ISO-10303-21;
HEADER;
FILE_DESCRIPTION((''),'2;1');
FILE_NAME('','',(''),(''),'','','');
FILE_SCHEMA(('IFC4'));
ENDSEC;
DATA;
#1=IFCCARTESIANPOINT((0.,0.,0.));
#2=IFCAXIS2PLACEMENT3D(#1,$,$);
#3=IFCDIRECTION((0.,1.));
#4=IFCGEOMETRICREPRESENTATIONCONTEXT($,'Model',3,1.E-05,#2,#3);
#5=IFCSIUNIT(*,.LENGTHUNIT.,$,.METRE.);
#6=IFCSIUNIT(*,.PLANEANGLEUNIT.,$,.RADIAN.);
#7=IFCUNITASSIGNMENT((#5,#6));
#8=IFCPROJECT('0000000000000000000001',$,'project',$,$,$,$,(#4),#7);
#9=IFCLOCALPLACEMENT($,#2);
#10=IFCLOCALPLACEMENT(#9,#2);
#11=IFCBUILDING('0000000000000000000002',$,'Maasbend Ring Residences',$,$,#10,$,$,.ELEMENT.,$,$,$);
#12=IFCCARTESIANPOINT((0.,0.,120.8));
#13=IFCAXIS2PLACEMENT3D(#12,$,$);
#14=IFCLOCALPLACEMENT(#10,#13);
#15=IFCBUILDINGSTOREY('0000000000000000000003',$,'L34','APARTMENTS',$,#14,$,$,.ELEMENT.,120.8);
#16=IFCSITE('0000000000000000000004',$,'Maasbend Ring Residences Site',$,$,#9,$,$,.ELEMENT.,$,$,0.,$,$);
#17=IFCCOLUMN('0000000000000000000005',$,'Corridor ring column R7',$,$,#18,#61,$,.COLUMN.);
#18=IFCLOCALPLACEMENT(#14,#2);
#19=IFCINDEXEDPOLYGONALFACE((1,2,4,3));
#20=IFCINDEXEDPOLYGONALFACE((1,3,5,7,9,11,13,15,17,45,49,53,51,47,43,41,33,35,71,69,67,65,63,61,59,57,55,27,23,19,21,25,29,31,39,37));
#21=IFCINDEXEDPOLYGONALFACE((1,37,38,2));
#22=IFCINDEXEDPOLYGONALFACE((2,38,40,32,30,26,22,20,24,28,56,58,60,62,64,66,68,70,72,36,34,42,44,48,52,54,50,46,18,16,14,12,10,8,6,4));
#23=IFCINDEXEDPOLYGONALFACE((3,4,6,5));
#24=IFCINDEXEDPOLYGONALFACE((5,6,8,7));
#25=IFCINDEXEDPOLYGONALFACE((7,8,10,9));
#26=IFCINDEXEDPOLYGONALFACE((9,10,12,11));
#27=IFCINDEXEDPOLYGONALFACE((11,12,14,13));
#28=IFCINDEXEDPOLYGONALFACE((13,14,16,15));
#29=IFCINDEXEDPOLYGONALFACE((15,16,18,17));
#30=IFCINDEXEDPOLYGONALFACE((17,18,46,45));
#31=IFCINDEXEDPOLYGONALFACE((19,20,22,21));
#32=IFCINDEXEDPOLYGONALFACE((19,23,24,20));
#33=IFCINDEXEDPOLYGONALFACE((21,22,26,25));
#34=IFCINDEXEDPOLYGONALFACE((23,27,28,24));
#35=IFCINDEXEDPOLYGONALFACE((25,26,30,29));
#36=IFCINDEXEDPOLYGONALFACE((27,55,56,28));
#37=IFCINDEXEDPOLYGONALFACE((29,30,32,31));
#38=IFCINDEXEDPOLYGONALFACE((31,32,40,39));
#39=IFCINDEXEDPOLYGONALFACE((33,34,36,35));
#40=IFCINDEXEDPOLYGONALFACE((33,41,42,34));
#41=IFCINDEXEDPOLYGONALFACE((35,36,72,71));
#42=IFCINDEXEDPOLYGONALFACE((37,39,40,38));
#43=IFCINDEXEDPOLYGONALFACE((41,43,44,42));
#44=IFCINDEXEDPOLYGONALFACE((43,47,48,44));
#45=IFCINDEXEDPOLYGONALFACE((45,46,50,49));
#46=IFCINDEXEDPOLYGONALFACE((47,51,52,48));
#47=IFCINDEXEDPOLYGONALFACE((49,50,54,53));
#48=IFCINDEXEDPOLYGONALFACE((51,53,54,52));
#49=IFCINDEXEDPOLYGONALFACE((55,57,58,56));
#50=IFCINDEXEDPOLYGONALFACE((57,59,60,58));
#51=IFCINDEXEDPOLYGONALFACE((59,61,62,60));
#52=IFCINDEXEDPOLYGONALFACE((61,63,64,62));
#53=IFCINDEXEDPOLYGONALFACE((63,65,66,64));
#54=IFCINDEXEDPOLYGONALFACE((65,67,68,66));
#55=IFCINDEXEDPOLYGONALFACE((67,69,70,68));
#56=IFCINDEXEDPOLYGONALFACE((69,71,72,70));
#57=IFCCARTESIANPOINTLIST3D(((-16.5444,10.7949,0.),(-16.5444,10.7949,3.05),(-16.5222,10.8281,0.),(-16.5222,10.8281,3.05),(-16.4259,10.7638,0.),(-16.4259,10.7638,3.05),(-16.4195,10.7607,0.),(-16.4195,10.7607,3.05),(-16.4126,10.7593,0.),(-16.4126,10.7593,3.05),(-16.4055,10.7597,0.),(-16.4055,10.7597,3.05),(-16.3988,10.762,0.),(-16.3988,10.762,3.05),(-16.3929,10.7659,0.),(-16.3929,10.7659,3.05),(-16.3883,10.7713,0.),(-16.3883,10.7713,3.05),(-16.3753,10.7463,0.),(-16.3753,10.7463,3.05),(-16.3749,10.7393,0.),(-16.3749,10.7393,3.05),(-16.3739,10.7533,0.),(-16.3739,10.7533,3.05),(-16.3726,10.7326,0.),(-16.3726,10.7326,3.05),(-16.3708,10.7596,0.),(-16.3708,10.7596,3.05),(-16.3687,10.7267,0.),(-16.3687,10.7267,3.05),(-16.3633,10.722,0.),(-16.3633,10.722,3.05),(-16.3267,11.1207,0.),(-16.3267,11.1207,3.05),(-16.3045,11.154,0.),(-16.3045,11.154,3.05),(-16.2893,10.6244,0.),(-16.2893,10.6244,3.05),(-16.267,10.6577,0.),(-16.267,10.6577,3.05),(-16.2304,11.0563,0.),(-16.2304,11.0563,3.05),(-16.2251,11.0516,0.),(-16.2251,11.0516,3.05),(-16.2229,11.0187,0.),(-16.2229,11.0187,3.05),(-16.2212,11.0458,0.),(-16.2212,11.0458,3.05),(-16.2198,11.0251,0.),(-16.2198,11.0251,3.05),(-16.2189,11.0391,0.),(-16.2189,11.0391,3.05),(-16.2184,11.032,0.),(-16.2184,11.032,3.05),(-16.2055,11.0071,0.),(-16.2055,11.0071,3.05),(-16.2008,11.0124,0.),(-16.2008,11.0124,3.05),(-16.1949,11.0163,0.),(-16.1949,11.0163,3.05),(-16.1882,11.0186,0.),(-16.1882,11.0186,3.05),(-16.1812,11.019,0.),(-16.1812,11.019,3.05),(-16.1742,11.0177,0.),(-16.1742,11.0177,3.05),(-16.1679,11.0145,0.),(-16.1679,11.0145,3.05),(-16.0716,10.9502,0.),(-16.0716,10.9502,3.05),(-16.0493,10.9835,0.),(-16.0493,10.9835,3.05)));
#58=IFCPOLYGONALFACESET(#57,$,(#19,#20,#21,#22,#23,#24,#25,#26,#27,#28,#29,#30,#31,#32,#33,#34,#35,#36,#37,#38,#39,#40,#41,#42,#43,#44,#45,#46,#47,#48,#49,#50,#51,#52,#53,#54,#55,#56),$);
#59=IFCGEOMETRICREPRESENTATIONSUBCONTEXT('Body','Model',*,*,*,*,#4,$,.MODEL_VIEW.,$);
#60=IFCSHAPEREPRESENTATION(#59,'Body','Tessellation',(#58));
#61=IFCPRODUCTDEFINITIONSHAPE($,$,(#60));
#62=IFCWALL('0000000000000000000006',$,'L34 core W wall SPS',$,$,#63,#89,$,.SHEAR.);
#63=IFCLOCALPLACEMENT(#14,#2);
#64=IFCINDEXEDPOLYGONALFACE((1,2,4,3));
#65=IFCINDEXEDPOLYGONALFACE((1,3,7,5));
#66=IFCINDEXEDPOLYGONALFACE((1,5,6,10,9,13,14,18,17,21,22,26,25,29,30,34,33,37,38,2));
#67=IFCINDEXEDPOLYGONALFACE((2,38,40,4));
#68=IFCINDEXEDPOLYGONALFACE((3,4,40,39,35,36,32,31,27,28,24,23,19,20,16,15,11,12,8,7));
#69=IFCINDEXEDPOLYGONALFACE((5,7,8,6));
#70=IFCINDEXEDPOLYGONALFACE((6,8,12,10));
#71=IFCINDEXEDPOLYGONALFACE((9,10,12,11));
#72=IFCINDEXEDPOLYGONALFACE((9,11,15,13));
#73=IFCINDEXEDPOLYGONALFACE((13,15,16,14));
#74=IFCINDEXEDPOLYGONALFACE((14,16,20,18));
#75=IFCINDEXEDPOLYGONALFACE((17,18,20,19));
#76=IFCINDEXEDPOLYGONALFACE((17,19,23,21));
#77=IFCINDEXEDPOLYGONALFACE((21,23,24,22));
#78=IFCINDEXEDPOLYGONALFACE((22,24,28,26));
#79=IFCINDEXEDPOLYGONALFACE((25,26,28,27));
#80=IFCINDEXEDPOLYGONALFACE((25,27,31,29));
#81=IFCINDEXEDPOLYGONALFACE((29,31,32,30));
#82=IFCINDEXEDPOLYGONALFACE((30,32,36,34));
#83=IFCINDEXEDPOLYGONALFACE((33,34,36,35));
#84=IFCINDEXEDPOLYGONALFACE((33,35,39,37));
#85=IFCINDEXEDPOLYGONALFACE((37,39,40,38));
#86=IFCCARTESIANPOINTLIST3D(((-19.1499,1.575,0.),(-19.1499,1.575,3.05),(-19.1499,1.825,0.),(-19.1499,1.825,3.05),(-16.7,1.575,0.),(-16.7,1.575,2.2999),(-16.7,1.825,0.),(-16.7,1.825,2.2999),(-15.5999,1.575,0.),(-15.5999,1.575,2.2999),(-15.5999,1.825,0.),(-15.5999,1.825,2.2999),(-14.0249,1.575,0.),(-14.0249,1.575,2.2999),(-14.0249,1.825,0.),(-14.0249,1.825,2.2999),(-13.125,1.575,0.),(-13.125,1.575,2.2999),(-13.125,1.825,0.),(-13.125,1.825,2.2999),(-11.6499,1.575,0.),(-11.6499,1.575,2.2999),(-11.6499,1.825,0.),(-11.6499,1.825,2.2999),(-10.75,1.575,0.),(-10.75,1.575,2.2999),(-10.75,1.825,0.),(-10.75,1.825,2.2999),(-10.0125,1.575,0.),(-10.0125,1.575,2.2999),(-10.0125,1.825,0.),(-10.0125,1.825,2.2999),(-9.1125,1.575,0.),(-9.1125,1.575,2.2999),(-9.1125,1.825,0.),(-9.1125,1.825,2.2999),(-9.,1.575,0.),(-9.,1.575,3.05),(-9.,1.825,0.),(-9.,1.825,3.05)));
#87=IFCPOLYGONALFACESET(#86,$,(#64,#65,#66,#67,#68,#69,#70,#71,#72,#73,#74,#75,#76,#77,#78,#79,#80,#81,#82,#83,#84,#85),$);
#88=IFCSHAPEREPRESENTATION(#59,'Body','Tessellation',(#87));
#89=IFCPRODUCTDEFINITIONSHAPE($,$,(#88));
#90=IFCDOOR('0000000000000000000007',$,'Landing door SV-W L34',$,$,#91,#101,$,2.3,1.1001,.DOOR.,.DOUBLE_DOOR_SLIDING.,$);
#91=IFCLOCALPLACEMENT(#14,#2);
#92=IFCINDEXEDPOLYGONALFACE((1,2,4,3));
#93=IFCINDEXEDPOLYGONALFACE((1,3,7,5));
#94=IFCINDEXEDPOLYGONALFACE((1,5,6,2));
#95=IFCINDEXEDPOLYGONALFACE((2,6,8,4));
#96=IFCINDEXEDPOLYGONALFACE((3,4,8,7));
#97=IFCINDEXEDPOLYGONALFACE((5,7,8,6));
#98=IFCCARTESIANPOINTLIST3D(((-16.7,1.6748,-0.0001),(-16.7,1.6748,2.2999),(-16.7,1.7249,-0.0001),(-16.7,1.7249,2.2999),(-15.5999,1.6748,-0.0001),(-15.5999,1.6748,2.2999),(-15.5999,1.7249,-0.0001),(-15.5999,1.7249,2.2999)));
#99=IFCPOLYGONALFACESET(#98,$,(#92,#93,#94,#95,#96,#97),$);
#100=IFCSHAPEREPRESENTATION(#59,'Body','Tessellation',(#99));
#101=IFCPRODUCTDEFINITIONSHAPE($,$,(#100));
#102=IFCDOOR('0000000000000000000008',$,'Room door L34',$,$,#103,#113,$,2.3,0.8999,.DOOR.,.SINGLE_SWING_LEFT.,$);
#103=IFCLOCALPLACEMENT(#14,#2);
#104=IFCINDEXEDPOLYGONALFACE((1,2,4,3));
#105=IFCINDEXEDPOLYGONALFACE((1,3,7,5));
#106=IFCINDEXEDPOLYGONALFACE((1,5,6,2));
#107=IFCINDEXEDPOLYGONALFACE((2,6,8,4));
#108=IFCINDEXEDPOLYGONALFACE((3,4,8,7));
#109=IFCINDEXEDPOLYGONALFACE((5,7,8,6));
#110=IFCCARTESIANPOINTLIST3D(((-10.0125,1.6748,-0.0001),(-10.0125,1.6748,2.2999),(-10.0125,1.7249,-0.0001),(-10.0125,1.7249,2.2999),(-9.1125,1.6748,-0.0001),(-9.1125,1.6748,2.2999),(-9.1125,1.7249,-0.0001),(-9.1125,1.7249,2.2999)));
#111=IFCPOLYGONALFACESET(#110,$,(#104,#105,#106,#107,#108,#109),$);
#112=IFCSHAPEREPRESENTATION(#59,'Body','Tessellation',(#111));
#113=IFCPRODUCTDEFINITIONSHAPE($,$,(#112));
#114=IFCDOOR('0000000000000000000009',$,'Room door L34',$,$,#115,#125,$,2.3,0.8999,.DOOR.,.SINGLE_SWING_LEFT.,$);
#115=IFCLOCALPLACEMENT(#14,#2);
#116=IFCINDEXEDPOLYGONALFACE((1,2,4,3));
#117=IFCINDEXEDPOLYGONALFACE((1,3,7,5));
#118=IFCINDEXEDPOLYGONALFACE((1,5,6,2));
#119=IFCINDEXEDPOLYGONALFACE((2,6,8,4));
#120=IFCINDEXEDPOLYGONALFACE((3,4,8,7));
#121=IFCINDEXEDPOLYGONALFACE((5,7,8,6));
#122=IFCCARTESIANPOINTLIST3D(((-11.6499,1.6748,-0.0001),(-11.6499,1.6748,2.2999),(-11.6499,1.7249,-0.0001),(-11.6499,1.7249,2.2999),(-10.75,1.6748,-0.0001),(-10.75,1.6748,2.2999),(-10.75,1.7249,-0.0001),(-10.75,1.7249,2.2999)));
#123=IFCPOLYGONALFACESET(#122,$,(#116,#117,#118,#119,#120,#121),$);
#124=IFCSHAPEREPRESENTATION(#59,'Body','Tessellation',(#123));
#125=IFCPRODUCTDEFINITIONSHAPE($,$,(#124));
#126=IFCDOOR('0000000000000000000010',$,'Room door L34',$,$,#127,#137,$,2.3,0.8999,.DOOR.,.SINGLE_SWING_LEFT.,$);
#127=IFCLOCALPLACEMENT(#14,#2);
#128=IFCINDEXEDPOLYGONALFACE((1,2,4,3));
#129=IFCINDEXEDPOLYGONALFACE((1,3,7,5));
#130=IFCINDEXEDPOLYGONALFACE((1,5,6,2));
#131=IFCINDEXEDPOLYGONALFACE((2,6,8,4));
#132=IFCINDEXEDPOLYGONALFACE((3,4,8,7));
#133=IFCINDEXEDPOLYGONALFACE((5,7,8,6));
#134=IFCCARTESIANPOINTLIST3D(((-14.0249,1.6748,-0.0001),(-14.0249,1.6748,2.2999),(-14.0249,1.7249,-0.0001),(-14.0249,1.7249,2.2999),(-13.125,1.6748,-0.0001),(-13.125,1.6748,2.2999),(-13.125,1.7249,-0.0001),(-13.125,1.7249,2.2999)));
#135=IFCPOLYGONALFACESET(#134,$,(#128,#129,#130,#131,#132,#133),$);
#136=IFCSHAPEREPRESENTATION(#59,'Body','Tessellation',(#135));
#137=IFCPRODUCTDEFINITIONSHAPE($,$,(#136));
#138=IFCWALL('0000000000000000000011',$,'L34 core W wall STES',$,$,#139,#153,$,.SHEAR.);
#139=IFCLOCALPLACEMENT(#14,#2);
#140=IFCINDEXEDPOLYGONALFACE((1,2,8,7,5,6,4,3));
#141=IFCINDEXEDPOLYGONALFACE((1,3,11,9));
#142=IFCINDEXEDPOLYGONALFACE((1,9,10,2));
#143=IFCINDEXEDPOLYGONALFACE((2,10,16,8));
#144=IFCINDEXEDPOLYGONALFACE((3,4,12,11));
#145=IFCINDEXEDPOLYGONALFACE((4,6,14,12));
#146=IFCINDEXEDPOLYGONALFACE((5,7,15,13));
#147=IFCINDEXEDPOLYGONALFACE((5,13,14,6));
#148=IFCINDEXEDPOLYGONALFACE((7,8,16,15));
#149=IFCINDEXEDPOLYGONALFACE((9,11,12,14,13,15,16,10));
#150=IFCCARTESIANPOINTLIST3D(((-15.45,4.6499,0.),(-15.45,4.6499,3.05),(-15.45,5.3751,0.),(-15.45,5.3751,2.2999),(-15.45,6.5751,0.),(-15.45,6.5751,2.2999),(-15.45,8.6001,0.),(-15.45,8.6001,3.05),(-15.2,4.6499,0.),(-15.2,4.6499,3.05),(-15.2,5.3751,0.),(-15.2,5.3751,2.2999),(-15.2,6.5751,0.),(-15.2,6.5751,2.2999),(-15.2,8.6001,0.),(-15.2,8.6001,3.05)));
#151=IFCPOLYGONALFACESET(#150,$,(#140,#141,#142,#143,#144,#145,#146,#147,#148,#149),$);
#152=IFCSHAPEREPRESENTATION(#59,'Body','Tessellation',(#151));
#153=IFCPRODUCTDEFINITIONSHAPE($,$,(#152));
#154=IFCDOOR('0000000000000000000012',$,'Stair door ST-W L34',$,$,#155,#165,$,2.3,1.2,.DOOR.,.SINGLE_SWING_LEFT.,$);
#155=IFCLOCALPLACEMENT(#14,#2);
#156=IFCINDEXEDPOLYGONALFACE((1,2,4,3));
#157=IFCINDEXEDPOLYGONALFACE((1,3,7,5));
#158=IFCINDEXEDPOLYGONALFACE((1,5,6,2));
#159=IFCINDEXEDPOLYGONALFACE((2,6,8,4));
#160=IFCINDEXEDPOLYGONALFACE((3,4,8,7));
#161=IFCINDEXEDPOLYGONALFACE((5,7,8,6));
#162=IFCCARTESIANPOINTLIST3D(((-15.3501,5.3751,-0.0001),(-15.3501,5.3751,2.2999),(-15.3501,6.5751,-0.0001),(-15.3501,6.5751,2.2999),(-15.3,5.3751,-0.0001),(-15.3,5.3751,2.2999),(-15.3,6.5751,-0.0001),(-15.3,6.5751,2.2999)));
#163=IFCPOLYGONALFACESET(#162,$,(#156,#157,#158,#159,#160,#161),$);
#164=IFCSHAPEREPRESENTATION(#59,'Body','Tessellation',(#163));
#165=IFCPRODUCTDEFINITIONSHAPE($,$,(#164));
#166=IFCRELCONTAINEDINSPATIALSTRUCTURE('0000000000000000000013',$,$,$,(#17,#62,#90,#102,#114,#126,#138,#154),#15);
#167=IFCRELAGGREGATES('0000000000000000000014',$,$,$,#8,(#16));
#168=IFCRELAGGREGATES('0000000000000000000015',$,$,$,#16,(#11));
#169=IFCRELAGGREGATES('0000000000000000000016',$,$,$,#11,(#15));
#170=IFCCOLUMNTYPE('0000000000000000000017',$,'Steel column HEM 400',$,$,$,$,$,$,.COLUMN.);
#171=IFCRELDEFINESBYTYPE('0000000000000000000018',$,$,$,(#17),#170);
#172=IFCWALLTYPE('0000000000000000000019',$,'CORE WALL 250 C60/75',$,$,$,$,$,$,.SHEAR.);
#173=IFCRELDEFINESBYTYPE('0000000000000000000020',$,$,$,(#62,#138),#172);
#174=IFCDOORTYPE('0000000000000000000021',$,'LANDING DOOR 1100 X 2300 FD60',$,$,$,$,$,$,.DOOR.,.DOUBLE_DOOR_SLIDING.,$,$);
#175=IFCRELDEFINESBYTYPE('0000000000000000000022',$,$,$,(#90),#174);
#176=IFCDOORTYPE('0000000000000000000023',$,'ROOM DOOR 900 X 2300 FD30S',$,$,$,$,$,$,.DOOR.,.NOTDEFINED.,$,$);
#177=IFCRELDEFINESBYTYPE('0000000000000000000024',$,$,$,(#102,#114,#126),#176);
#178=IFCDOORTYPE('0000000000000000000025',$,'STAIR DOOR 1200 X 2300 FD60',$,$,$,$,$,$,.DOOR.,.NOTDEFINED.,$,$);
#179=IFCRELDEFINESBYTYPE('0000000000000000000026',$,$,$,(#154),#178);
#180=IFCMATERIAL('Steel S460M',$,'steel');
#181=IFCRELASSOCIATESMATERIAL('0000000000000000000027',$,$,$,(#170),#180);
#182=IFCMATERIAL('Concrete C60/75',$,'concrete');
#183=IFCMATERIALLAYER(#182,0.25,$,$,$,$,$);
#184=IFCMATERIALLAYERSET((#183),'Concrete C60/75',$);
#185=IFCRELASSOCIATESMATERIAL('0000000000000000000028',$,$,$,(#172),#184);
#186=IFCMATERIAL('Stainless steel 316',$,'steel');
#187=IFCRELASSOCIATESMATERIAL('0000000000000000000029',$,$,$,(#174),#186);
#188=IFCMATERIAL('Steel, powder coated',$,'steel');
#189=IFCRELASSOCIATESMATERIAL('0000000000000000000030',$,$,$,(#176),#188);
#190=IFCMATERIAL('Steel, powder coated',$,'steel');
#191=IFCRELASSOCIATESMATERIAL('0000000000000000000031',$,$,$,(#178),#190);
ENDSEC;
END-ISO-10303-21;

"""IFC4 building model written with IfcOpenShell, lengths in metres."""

from ifc_helpers import new_model, si_unit, direction, frame, frame_2d, origin, origin_2d, place, context, subcontext, project, spatial, rectangle, i_section, extrude, material, layer, layer_set, material_profile, profile_set, type_object, element, fill, save


model = new_model("IFC4")

# Units and contexts
model_context = context("Model", 3, precision=1e-05, world=origin(), true_north=direction((0.0, 1.0)))
body_context = subcontext(model_context, "Body", "Model", "MODEL_VIEW")
ifc_project = project(units=[si_unit("LENGTHUNIT", "METRE"), si_unit("PLANEANGLEUNIT", "RADIAN")], contexts=[model_context])

# Site, building, storey
site_placement = place(None, origin())
site = spatial("IfcSite", under=ifc_project, at=site_placement, Name="Maasbend Ring Residences Site", CompositionType="ELEMENT", RefElevation=0.0)
building_placement = place(site_placement, origin())
building = spatial("IfcBuilding", under=site, at=building_placement, Name="Maasbend Ring Residences", CompositionType="ELEMENT")
storey_placement = place(building_placement, frame((0.0, 0.0, 120.8)))
storey = spatial("IfcBuildingStorey", under=building, at=storey_placement, Name="L34", Description="APARTMENTS", CompositionType="ELEMENT", Elevation=120.8)

# Column
ifc_material_1 = material(Name="Steel S460M", Category="steel")
ifc_material_profile = material_profile(ifc_material_1, i_section(OverallWidth=0.3069, OverallDepth=0.4319, WebThickness=0.021, FlangeThickness=0.04, FilletRadius=0.0271, at=origin_2d()), Name="HEM 400")
ifc_profile_set = profile_set([ifc_material_profile], Name="Steel S460M")
column_type = type_object("IfcColumnType", Name="Steel column HEM 400", PredefinedType="COLUMN", material=ifc_profile_set)
column_placement = place(storey_placement, frame((-16.2969, 10.8892, 0.0), z_axis=(0.0, 0.0, 1.0), x_axis=(-0.83147, 0.55557, 0.0)))
element("IfcColumn", 1, at=column_placement, inside=storey, type_object=column_type, Name="Corridor ring column R7", PredefinedType="COLUMN", context=body_context, shape_type="SweptSolid", body=[
    extrude(i_section(OverallWidth=0.3069, OverallDepth=0.4319, WebThickness=0.021, FlangeThickness=0.04, FilletRadius=0.0271, at=origin_2d()), origin(), (0.0, 0.0, 1.0), 3.05),
])

# Wall, openings, doors
ifc_material_2 = material(Name="Concrete C60/75", Category="concrete")
ifc_layer_1 = layer(ifc_material_2, 0.25)
ifc_layer_set_1 = layer_set([ifc_layer_1], Name="Concrete C60/75")
wall_type_1 = type_object("IfcWallType", Name="CORE WALL 250 C60/75", PredefinedType="SHEAR", material=ifc_layer_set_1)
wall_1_placement = place(storey_placement, frame((-19.1499, 1.7, 0.0), z_axis=(0.0, 0.0, 1.0), x_axis=(1.0, 0.0, 0.0)))
wall_1 = element("IfcWall", 2, at=wall_1_placement, inside=storey, type_object=wall_type_1, Name="L34 core W wall SPS", PredefinedType="SHEAR", context=body_context, shape_type="SweptSolid", body=[
    extrude(rectangle(XDim=10.1499, YDim=0.25, at=frame_2d((5.075, 0.0))), origin(), (0.0, 0.0, 1.0), 3.05),
])
opening_1_placement = place(wall_1_placement, frame((2.45, 0.0, 0.0)))
opening_1 = element("IfcOpeningElement", 3, at=opening_1_placement, cuts=wall_1, PredefinedType="OPENING", context=body_context, shape_type="SweptSolid", body=[
    extrude(rectangle(XDim=1.1001, YDim=2.3, at=frame_2d((0.55, 1.1499))), frame((0.0, 0.135, 0.0), z_axis=(0.0, -1.0, 0.0), x_axis=(1.0, 0.0, 0.0)), (0.0, 0.0, 1.0), 0.27),
])
opening_2_placement = place(wall_1_placement, frame((9.1375, 0.0, 0.0)))
opening_2 = element("IfcOpeningElement", 4, at=opening_2_placement, cuts=wall_1, PredefinedType="OPENING", context=body_context, shape_type="SweptSolid", body=[
    extrude(rectangle(XDim=0.8999, YDim=2.3, at=frame_2d((0.45, 1.1499))), frame((0.0, 0.135, 0.0), z_axis=(0.0, -1.0, 0.0), x_axis=(1.0, 0.0, 0.0)), (0.0, 0.0, 1.0), 0.27),
])
opening_3_placement = place(wall_1_placement, frame((7.5, 0.0, 0.0)))
opening_3 = element("IfcOpeningElement", 5, at=opening_3_placement, cuts=wall_1, PredefinedType="OPENING", context=body_context, shape_type="SweptSolid", body=[
    extrude(rectangle(XDim=0.8999, YDim=2.3, at=frame_2d((0.45, 1.1499))), frame((0.0, 0.135, 0.0), z_axis=(0.0, -1.0, 0.0), x_axis=(1.0, 0.0, 0.0)), (0.0, 0.0, 1.0), 0.27),
])
opening_4_placement = place(wall_1_placement, frame((5.125, 0.0, 0.0)))
opening_4 = element("IfcOpeningElement", 6, at=opening_4_placement, cuts=wall_1, PredefinedType="OPENING", context=body_context, shape_type="SweptSolid", body=[
    extrude(rectangle(XDim=0.8999, YDim=2.3, at=frame_2d((0.45, 1.1499))), frame((0.0, 0.135, 0.0), z_axis=(0.0, -1.0, 0.0), x_axis=(1.0, 0.0, 0.0)), (0.0, 0.0, 1.0), 0.27),
])
ifc_material_3 = material(Name="Stainless steel 316", Category="steel")
door_type_1 = type_object("IfcDoorType", Name="LANDING DOOR 1100 X 2300 FD60", OperationType="DOUBLE_DOOR_SLIDING", PredefinedType="DOOR", material=ifc_material_3)
door_1_placement = place(opening_1_placement, origin())
door_1 = element("IfcDoor", 7, at=door_1_placement, inside=storey, type_object=door_type_1, Name="Landing door SV-W L34", OperationType="DOUBLE_DOOR_SLIDING", OverallHeight=2.3, OverallWidth=1.1001, PredefinedType="DOOR", context=body_context, shape_type="SweptSolid", body=[
    extrude(rectangle(XDim=1.1001, YDim=2.3, at=frame_2d((0.55, 1.1499))), frame((0.0, 0.0249, 0.0), z_axis=(0.0, -1.0, 0.0), x_axis=(1.0, 0.0, 0.0)), (0.0, 0.0, 1.0), 0.05),
])
fill(opening_1, door_1)
ifc_material_4 = material(Name="Steel, powder coated", Category="steel")
door_type_2 = type_object("IfcDoorType", Name="ROOM DOOR 900 X 2300 FD30S", OperationType="NOTDEFINED", PredefinedType="DOOR", material=ifc_material_4)
door_2_placement = place(opening_2_placement, origin())
door_2 = element("IfcDoor", 8, at=door_2_placement, inside=storey, type_object=door_type_2, Name="Room door L34", OperationType="SINGLE_SWING_LEFT", OverallHeight=2.3, OverallWidth=0.8999, PredefinedType="DOOR", context=body_context, shape_type="SweptSolid", body=[
    extrude(rectangle(XDim=0.8999, YDim=2.3, at=frame_2d((0.45, 1.1499))), frame((0.0, 0.0249, 0.0), z_axis=(0.0, -1.0, 0.0), x_axis=(1.0, 0.0, 0.0)), (0.0, 0.0, 1.0), 0.05),
])
fill(opening_2, door_2)
door_3_placement = place(opening_3_placement, origin())
door_3 = element("IfcDoor", 9, at=door_3_placement, inside=storey, type_object=door_type_2, Name="Room door L34", OperationType="SINGLE_SWING_LEFT", OverallHeight=2.3, OverallWidth=0.8999, PredefinedType="DOOR", context=body_context, shape_type="SweptSolid", body=[
    extrude(rectangle(XDim=0.8999, YDim=2.3, at=frame_2d((0.45, 1.1499))), frame((0.0, 0.0249, 0.0), z_axis=(0.0, -1.0, 0.0), x_axis=(1.0, 0.0, 0.0)), (0.0, 0.0, 1.0), 0.05),
])
fill(opening_3, door_3)
door_4_placement = place(opening_4_placement, origin())
door_4 = element("IfcDoor", 10, at=door_4_placement, inside=storey, type_object=door_type_2, Name="Room door L34", OperationType="SINGLE_SWING_LEFT", OverallHeight=2.3, OverallWidth=0.8999, PredefinedType="DOOR", context=body_context, shape_type="SweptSolid", body=[
    extrude(rectangle(XDim=0.8999, YDim=2.3, at=frame_2d((0.45, 1.1499))), frame((0.0, 0.0249, 0.0), z_axis=(0.0, -1.0, 0.0), x_axis=(1.0, 0.0, 0.0)), (0.0, 0.0, 1.0), 0.05),
])
fill(opening_4, door_4)

# Wall, opening, door
wall_2_placement = place(storey_placement, frame((-15.325, 8.6001, 0.0), z_axis=(0.0, 0.0, 1.0), x_axis=(0.0, -1.0, 0.0)))
wall_2 = element("IfcWall", 11, at=wall_2_placement, inside=storey, type_object=wall_type_1, Name="L34 core W wall STES", PredefinedType="SHEAR", context=body_context, shape_type="SweptSolid", body=[
    extrude(rectangle(XDim=3.9502, YDim=0.25, at=frame_2d((1.9751, 0.0))), origin(), (0.0, 0.0, 1.0), 3.05),
])
opening_5_placement = place(wall_2_placement, frame((2.0249, 0.0, 0.0)))
opening_5 = element("IfcOpeningElement", 12, at=opening_5_placement, cuts=wall_2, PredefinedType="OPENING", context=body_context, shape_type="SweptSolid", body=[
    extrude(rectangle(XDim=1.2, YDim=2.3, at=frame_2d((0.6001, 1.1499))), frame((0.0, 0.135, 0.0), z_axis=(0.0, -1.0, 0.0), x_axis=(1.0, 0.0, 0.0)), (0.0, 0.0, 1.0), 0.27),
])
ifc_material_5 = material(Name="Steel, powder coated", Category="steel")
door_type_3 = type_object("IfcDoorType", Name="STAIR DOOR 1200 X 2300 FD60", OperationType="NOTDEFINED", PredefinedType="DOOR", material=ifc_material_5)
door_5_placement = place(opening_5_placement, origin())
door_5 = element("IfcDoor", 13, at=door_5_placement, inside=storey, type_object=door_type_3, Name="Stair door ST-W L34", OperationType="SINGLE_SWING_LEFT", OverallHeight=2.3, OverallWidth=1.2, PredefinedType="DOOR", context=body_context, shape_type="SweptSolid", body=[
    extrude(rectangle(XDim=1.2, YDim=2.3, at=frame_2d((0.6001, 1.1499))), frame((0.0, 0.0249, 0.0), z_axis=(0.0, -1.0, 0.0), x_axis=(1.0, 0.0, 0.0)), (0.0, 0.0, 1.0), 0.05),
])
fill(opening_5, door_5)

save(model, "model.ifc")
